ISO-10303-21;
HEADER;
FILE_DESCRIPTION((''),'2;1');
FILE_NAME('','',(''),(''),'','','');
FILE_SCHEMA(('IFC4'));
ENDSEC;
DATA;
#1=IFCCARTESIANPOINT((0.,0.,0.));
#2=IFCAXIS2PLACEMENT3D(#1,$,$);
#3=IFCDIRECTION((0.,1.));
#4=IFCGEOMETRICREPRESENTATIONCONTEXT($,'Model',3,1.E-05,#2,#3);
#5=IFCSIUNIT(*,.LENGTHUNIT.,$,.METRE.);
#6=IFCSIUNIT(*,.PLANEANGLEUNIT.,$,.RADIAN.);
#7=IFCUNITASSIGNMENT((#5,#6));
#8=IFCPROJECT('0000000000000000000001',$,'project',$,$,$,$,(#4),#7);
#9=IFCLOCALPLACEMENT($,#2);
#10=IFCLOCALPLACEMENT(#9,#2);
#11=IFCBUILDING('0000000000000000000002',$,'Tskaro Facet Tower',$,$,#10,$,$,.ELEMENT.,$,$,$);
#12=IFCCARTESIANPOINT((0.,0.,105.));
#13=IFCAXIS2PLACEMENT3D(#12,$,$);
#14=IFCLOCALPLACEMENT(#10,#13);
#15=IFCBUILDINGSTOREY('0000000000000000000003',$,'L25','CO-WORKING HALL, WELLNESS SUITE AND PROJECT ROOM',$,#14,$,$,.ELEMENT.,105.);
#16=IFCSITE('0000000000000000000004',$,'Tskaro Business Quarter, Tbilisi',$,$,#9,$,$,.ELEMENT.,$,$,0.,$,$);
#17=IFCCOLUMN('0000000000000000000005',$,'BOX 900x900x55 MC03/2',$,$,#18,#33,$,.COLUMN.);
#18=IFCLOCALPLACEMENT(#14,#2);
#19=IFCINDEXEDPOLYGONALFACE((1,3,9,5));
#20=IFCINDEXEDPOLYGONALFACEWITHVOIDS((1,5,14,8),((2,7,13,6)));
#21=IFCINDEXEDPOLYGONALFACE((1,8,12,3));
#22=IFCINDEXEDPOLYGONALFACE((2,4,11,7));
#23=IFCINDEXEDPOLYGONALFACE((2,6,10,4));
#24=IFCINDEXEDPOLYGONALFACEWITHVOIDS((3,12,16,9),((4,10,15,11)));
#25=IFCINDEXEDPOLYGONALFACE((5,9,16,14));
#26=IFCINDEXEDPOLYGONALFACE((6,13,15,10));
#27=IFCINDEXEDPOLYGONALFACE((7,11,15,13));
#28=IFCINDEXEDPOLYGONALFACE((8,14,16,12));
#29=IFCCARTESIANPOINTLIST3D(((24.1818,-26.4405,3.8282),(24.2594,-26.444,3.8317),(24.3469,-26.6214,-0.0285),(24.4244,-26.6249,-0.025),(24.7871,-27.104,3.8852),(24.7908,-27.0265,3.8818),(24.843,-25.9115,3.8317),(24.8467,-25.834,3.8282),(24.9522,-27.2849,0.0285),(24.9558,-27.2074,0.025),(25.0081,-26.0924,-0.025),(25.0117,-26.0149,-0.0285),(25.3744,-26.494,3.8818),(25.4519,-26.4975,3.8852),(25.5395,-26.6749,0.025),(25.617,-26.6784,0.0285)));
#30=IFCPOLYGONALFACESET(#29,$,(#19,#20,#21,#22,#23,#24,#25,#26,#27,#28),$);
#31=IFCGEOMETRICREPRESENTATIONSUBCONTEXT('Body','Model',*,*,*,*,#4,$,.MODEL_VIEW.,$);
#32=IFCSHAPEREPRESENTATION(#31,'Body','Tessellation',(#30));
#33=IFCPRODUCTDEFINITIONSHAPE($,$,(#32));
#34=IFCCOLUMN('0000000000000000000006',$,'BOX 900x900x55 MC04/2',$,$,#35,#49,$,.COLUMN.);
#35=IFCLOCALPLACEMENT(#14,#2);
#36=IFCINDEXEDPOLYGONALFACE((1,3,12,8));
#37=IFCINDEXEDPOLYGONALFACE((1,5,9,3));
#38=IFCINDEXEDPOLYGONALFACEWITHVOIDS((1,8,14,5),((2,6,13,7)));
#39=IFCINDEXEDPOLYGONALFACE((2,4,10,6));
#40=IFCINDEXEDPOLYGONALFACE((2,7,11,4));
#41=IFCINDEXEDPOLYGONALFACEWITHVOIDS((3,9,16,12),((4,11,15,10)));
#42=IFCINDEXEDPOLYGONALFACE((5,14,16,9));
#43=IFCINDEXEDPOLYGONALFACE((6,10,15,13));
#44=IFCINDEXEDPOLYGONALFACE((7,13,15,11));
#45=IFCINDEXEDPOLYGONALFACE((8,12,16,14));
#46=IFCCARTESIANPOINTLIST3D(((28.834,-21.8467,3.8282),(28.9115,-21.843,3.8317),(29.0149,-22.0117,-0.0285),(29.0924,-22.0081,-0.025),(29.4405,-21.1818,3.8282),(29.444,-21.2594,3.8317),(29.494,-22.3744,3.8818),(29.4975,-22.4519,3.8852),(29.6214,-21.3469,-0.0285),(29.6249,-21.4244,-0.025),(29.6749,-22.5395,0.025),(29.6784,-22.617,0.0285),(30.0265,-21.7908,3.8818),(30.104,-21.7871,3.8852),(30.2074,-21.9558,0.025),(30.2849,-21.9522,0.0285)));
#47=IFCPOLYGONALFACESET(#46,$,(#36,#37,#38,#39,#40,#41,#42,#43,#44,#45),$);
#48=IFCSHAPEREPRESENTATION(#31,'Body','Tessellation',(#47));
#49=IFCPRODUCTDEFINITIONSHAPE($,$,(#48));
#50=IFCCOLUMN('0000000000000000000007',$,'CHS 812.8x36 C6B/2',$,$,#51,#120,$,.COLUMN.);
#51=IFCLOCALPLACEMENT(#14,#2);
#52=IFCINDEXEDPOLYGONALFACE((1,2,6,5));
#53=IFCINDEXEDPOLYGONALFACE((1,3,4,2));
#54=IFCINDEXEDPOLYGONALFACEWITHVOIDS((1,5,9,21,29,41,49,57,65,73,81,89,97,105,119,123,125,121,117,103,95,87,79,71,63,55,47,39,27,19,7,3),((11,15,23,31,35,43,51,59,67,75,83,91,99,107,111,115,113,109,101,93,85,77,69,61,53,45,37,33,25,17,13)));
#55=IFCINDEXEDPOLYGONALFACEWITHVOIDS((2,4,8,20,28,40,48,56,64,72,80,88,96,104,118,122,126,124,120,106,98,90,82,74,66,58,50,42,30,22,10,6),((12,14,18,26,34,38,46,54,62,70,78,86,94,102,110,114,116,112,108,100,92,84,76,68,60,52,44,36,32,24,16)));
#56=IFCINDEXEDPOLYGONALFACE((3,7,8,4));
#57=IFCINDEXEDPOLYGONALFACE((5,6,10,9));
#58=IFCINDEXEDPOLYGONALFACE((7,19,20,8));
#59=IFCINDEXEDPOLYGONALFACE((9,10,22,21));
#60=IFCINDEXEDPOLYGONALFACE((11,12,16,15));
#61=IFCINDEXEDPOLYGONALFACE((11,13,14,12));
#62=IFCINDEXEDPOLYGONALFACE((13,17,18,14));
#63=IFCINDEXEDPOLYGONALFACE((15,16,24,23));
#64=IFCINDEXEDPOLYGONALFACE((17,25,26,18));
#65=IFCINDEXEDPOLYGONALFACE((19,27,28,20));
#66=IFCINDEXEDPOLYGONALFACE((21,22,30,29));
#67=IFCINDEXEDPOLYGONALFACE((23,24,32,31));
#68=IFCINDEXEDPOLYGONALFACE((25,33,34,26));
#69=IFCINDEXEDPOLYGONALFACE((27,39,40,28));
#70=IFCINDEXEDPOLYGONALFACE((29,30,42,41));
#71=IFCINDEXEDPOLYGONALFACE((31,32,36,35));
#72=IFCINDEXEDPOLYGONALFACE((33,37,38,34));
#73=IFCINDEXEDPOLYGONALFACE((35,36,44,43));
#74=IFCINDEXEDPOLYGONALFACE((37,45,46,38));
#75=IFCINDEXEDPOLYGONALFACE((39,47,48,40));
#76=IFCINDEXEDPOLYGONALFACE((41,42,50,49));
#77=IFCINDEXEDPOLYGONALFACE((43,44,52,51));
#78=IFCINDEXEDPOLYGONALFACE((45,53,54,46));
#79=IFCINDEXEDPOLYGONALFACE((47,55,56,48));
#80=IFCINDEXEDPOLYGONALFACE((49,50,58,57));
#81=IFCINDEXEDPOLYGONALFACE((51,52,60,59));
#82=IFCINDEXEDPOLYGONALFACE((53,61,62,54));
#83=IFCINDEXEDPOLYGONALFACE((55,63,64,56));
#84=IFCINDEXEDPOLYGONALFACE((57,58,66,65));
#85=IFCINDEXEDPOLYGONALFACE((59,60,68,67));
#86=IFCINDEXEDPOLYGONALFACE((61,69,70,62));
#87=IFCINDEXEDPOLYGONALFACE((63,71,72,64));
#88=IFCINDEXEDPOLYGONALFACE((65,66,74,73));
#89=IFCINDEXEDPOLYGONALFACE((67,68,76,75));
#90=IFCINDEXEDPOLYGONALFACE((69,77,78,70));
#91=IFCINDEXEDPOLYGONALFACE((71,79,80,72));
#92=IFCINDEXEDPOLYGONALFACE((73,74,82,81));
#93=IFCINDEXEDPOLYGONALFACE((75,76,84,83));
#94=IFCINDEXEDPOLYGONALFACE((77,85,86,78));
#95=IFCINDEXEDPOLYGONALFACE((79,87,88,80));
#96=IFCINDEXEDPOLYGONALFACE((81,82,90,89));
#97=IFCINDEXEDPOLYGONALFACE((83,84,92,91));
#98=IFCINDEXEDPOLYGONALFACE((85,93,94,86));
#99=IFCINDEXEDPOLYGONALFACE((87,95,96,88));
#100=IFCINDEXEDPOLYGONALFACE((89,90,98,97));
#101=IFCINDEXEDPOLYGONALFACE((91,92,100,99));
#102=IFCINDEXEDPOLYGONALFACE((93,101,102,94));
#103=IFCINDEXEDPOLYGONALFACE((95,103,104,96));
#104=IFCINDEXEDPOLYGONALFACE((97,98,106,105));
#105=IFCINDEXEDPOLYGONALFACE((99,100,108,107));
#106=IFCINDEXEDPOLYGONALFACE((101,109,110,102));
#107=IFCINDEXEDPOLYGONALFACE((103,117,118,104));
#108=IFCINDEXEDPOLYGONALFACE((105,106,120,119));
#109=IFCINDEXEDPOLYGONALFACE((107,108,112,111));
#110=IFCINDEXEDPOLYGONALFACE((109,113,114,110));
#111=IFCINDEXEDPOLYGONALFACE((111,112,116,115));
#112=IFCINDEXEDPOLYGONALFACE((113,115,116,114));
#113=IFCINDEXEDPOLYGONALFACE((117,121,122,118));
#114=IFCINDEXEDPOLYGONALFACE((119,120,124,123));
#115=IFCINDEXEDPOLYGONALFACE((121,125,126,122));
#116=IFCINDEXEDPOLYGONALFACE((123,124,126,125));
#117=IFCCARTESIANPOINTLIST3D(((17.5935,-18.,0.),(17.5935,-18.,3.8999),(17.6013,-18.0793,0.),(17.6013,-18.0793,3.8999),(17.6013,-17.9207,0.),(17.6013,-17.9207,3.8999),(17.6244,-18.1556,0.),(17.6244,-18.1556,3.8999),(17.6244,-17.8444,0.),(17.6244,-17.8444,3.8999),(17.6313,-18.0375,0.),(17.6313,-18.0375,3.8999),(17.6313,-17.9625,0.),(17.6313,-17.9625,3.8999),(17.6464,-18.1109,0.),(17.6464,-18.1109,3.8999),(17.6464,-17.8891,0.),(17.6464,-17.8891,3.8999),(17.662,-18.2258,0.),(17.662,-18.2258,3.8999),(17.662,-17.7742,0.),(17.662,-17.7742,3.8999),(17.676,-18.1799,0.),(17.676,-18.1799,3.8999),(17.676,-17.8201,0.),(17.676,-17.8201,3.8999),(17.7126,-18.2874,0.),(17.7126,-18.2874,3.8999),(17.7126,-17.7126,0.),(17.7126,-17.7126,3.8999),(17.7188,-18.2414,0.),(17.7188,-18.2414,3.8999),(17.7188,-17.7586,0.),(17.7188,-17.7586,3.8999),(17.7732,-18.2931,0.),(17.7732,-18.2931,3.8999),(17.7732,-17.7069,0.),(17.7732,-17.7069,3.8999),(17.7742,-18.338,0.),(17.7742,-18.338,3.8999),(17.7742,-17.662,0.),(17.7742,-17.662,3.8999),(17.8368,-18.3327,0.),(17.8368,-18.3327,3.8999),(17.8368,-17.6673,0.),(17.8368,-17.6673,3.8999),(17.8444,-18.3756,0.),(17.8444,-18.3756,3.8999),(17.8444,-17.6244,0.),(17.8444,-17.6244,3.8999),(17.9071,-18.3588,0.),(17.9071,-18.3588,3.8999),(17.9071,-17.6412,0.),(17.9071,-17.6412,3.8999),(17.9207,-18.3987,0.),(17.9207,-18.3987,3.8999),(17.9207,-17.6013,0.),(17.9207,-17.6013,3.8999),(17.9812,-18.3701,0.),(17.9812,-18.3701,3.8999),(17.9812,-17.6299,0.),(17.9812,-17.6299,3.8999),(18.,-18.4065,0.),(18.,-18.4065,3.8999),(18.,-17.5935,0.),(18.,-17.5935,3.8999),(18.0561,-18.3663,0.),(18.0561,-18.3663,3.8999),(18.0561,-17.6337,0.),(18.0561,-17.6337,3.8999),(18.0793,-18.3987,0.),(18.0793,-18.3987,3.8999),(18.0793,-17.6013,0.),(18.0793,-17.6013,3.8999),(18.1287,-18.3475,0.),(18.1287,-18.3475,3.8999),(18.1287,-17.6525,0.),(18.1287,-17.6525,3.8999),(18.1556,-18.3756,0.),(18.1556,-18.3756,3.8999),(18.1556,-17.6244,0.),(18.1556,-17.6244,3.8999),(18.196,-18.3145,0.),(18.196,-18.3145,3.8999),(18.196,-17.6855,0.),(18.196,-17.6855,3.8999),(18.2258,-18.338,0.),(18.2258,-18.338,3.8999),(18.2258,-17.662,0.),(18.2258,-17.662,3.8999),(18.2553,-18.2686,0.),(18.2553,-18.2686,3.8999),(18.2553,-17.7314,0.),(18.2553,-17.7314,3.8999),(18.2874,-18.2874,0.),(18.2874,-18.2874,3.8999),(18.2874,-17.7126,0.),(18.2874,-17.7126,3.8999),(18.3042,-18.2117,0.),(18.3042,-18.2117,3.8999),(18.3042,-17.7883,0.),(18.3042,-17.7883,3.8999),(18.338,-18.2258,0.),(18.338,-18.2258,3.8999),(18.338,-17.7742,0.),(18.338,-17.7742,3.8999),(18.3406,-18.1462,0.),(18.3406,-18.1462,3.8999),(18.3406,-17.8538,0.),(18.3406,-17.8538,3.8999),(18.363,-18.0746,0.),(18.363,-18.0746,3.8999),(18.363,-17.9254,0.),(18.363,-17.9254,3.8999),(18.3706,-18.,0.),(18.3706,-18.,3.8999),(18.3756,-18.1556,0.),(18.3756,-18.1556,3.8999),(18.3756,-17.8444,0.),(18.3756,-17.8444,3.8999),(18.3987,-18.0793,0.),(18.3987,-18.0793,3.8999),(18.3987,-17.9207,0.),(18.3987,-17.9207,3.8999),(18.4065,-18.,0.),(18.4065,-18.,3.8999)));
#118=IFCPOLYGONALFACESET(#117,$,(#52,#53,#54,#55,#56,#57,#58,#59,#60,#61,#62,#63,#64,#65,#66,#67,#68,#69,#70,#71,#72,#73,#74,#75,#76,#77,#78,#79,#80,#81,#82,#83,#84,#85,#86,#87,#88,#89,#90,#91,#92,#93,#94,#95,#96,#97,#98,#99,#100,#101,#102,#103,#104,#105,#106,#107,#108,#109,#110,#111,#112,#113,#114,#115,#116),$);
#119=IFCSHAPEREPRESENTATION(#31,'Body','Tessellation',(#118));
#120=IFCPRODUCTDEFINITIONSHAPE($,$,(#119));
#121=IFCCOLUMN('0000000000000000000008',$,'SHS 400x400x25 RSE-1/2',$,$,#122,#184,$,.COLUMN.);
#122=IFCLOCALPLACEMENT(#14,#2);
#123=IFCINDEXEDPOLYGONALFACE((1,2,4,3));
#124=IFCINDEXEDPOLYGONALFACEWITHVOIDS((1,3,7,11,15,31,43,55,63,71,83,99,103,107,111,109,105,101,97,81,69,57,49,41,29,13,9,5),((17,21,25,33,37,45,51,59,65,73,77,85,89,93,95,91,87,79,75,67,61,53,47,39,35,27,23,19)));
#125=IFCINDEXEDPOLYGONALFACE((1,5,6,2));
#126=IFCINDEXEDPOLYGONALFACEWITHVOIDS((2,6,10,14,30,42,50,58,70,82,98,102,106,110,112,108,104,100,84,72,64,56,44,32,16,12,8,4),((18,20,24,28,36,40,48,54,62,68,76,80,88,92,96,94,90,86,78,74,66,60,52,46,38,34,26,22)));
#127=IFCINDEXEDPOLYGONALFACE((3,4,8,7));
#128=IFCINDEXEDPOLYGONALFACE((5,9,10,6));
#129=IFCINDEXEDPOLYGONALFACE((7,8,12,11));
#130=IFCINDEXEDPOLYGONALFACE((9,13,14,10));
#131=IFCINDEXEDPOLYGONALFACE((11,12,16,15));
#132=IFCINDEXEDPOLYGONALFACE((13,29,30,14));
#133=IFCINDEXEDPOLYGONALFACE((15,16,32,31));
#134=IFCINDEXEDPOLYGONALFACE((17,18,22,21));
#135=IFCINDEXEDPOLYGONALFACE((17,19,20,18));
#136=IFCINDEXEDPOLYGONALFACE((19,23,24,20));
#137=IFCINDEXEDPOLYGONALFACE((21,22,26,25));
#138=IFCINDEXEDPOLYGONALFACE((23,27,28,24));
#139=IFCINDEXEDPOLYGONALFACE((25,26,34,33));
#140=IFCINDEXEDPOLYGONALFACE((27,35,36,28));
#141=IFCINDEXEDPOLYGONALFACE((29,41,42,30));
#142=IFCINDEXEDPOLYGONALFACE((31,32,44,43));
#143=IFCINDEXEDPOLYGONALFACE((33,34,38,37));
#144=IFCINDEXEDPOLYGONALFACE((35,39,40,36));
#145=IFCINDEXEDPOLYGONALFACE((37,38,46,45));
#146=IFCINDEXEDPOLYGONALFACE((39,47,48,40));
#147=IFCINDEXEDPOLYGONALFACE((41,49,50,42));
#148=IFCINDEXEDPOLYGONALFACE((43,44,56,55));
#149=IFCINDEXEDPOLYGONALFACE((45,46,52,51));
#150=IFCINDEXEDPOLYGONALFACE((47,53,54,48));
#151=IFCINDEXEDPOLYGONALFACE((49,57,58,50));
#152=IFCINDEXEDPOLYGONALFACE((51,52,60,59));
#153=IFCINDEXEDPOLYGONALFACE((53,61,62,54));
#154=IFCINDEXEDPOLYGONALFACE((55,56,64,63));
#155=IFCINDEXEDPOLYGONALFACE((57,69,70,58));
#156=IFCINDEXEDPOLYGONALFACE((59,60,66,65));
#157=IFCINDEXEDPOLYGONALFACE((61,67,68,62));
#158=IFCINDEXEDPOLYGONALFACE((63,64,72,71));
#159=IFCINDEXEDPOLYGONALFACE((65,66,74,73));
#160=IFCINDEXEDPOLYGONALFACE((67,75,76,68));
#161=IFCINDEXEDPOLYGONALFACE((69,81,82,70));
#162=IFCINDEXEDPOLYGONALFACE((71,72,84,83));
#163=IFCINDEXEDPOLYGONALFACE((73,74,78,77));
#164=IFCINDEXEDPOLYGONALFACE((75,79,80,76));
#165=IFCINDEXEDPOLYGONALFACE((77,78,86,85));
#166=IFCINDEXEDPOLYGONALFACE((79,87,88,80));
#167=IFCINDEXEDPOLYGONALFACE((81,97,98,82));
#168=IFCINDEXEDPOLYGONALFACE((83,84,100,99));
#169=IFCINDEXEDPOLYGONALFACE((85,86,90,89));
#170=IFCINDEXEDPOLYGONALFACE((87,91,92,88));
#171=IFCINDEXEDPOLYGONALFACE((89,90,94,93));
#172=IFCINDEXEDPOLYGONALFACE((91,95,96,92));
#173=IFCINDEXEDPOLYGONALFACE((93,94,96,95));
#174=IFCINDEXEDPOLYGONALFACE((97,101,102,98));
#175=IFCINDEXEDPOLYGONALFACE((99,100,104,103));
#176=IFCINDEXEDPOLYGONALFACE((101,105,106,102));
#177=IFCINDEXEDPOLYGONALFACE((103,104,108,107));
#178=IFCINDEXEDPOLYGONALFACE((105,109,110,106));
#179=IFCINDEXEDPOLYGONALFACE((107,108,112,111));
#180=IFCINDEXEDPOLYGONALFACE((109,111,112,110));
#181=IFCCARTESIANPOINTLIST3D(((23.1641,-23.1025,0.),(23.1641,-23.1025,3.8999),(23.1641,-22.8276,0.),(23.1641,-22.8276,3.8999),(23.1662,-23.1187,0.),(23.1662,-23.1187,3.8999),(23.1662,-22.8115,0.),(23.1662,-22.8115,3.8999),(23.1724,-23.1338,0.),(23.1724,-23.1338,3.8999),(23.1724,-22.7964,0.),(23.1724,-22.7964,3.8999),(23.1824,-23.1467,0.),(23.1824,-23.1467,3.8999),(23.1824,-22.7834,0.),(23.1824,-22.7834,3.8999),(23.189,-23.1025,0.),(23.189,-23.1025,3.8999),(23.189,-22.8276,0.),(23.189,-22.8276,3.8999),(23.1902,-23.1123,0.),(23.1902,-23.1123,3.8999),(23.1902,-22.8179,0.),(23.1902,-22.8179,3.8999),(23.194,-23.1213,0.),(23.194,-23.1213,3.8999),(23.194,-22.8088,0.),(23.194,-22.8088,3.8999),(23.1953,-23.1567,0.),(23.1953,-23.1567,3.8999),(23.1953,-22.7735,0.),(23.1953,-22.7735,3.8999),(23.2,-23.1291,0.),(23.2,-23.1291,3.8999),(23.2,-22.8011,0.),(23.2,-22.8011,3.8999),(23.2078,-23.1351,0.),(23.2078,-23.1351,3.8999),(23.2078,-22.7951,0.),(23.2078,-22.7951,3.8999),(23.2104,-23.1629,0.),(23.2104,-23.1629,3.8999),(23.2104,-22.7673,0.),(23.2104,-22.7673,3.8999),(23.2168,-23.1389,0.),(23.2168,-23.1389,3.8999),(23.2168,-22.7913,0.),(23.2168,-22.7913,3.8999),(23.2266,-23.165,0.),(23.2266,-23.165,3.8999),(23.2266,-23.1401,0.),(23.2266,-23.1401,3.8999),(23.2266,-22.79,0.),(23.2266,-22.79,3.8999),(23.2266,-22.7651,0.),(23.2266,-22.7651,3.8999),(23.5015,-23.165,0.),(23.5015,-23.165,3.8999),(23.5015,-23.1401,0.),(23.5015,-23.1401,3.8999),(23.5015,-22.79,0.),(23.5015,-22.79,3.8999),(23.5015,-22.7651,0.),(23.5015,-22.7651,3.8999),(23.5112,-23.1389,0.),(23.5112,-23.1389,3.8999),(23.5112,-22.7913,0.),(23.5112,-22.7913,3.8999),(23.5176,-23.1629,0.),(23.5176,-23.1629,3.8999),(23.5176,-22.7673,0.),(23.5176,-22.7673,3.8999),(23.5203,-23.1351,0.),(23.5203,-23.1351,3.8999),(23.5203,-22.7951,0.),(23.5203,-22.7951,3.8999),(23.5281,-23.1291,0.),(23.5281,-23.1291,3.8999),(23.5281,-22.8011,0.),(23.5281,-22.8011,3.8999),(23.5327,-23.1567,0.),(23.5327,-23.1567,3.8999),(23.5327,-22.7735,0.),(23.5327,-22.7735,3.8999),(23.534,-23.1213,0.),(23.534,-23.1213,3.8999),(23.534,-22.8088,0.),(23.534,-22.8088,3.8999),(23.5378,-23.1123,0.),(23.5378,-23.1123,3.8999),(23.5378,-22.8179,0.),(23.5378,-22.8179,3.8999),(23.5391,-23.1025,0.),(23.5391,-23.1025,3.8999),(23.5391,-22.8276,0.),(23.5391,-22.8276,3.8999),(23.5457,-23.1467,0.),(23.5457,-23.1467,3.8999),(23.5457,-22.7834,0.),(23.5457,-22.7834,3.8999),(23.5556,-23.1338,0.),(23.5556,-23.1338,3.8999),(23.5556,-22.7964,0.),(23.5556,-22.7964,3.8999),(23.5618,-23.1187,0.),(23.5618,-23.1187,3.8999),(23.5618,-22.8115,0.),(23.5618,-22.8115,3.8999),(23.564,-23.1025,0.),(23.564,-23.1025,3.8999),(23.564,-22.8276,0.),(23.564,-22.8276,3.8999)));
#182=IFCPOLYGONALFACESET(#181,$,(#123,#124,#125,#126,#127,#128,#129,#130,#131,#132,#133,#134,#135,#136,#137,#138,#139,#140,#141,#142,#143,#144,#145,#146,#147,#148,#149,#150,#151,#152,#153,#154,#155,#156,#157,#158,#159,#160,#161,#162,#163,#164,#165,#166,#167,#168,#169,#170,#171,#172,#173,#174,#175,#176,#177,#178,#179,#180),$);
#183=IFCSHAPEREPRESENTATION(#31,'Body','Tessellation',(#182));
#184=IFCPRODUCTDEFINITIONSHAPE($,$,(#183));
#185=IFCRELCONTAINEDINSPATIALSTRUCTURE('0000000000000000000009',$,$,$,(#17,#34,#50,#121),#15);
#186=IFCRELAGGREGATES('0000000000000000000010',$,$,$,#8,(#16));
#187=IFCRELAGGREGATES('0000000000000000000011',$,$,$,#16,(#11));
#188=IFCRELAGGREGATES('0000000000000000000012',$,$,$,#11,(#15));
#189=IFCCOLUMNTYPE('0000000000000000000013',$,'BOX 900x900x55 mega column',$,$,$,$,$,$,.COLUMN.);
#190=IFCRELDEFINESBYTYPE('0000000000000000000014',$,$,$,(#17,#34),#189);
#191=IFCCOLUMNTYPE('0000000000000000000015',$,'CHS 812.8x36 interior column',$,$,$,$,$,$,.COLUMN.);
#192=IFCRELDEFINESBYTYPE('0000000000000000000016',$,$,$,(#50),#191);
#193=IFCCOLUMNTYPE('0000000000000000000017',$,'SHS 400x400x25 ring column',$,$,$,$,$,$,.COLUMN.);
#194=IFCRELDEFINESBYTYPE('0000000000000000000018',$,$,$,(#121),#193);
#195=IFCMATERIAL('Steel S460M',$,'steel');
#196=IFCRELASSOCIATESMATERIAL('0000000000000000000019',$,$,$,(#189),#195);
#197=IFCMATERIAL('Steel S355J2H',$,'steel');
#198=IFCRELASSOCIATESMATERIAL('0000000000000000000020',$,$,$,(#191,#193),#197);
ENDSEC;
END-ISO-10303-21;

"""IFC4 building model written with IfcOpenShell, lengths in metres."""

from ifc_helpers import new_model, si_unit, direction, frame, origin, origin_2d, place, context, subcontext, project, spatial, hollow_rectangle, hollow_circle, extrude, material, material_profile, profile_set, type_object, element, save


model = new_model("IFC4")

# Units and contexts
model_context = context("Model", 3, precision=1e-05, world=origin(), true_north=direction((0.0, 1.0)))
body_context = subcontext(model_context, "Body", "Model", "MODEL_VIEW")
ifc_project = project(units=[si_unit("LENGTHUNIT", "METRE"), si_unit("PLANEANGLEUNIT", "RADIAN")], contexts=[model_context])

# Site, building, storey
site_placement = place(None, origin())
site = spatial("IfcSite", under=ifc_project, at=site_placement, Name="Tskaro Business Quarter, Tbilisi", CompositionType="ELEMENT", RefElevation=0.0)
building_placement = place(site_placement, origin())
building = spatial("IfcBuilding", under=site, at=building_placement, Name="Tskaro Facet Tower", CompositionType="ELEMENT")
storey_placement = place(building_placement, frame((0.0, 0.0, 105.0)))
storey = spatial("IfcBuildingStorey", under=building, at=storey_placement, Name="L25", Description="CO-WORKING HALL, WELLNESS SUITE AND PROJECT ROOM", CompositionType="ELEMENT", Elevation=105.0)

# Columns
ifc_material_1 = material(Name="Steel S460M", Category="steel")
ifc_material_profile_1 = material_profile(ifc_material_1, hollow_rectangle(XDim=0.8999, YDim=0.8999, WallThickness=0.0549, at=origin_2d()), Name="BOX 900x900x55")
ifc_profile_set_1 = profile_set([ifc_material_profile_1], Name="Steel S460M")
column_type_1 = type_object("IfcColumnType", Name="BOX 900x900x55 mega column", PredefinedType="COLUMN", material=ifc_profile_set_1)
for number, where, z_axis, x_axis, name in (
    (1, (24.9819, -26.6499, 0.0), (-0.042707, 0.046813, 0.99799), (-0.738766, -0.673962, 0.0), "BOX 900x900x55 MC03/2"),
    (2, (29.6499, -21.9819, 0.0), (-0.046813, 0.042707, 0.99799), (-0.673962, -0.738766, 0.0), "BOX 900x900x55 MC04/2"),
):
    element("IfcColumn", number, at=place(storey_placement, frame(where, z_axis=z_axis, x_axis=x_axis)), inside=storey, type_object=column_type_1, Name=name, PredefinedType="COLUMN", context=body_context, shape_type="SweptSolid", body=[
        extrude(hollow_rectangle(XDim=0.8999, YDim=0.8999, WallThickness=0.0549, at=origin_2d()), origin(), (0.0, 0.0, 1.0), 3.8645),
    ])
ifc_material_2 = material(Name="Steel S355J2H", Category="steel")
ifc_material_profile_2 = material_profile(ifc_material_2, hollow_circle(Radius=0.4065, WallThickness=0.0359, at=origin_2d()), Name="CHS 812.8x36")
ifc_profile_set_2 = profile_set([ifc_material_profile_2], Name="Steel S355J2H")
column_type_2 = type_object("IfcColumnType", Name="CHS 812.8x36 interior column", PredefinedType="COLUMN", material=ifc_profile_set_2)
column_placement = place(storey_placement, frame((18.0, -18.0, 0.0), z_axis=(0.0, 0.0, 1.0), x_axis=(1.0, 0.0, 0.0)))
element("IfcColumn", 3, at=column_placement, inside=storey, type_object=column_type_2, Name="CHS 812.8x36 C6B/2", PredefinedType="COLUMN", context=body_context, shape_type="SweptSolid", body=[
    extrude(hollow_circle(Radius=0.4065, WallThickness=0.0359, at=origin_2d()), origin(), (0.0, 0.0, 1.0), 3.8999),
])
ifc_material_profile_3 = material_profile(ifc_material_2, hollow_rectangle(XDim=0.3999, YDim=0.3999, WallThickness=0.0249, InnerFilletRadius=0.0376, OuterFilletRadius=0.0625, at=origin_2d()), Name="SHS 400x400x25")
ifc_profile_set_3 = profile_set([ifc_material_profile_3], Name="Steel S355J2H")
column_type_3 = type_object("IfcColumnType", Name="SHS 400x400x25 ring column", PredefinedType="COLUMN", material=ifc_profile_set_3)
for number, where, z_axis, x_axis, name in (
    (4, (23.364, -22.9651, 0.0), (0.0, 0.0, 1.0), (1.0, 0.0, 0.0), "SHS 400x400x25 RSE-1/2"),
):
    element("IfcColumn", number, at=place(storey_placement, frame(where, z_axis=z_axis, x_axis=x_axis)), inside=storey, type_object=column_type_3, Name=name, PredefinedType="COLUMN", context=body_context, shape_type="SweptSolid", body=[
        extrude(hollow_rectangle(XDim=0.3999, YDim=0.3999, WallThickness=0.0249, InnerFilletRadius=0.0376, OuterFilletRadius=0.0625, at=origin_2d()), origin(), (0.0, 0.0, 1.0), 3.8999),
    ])

save(model, "model.ifc")
